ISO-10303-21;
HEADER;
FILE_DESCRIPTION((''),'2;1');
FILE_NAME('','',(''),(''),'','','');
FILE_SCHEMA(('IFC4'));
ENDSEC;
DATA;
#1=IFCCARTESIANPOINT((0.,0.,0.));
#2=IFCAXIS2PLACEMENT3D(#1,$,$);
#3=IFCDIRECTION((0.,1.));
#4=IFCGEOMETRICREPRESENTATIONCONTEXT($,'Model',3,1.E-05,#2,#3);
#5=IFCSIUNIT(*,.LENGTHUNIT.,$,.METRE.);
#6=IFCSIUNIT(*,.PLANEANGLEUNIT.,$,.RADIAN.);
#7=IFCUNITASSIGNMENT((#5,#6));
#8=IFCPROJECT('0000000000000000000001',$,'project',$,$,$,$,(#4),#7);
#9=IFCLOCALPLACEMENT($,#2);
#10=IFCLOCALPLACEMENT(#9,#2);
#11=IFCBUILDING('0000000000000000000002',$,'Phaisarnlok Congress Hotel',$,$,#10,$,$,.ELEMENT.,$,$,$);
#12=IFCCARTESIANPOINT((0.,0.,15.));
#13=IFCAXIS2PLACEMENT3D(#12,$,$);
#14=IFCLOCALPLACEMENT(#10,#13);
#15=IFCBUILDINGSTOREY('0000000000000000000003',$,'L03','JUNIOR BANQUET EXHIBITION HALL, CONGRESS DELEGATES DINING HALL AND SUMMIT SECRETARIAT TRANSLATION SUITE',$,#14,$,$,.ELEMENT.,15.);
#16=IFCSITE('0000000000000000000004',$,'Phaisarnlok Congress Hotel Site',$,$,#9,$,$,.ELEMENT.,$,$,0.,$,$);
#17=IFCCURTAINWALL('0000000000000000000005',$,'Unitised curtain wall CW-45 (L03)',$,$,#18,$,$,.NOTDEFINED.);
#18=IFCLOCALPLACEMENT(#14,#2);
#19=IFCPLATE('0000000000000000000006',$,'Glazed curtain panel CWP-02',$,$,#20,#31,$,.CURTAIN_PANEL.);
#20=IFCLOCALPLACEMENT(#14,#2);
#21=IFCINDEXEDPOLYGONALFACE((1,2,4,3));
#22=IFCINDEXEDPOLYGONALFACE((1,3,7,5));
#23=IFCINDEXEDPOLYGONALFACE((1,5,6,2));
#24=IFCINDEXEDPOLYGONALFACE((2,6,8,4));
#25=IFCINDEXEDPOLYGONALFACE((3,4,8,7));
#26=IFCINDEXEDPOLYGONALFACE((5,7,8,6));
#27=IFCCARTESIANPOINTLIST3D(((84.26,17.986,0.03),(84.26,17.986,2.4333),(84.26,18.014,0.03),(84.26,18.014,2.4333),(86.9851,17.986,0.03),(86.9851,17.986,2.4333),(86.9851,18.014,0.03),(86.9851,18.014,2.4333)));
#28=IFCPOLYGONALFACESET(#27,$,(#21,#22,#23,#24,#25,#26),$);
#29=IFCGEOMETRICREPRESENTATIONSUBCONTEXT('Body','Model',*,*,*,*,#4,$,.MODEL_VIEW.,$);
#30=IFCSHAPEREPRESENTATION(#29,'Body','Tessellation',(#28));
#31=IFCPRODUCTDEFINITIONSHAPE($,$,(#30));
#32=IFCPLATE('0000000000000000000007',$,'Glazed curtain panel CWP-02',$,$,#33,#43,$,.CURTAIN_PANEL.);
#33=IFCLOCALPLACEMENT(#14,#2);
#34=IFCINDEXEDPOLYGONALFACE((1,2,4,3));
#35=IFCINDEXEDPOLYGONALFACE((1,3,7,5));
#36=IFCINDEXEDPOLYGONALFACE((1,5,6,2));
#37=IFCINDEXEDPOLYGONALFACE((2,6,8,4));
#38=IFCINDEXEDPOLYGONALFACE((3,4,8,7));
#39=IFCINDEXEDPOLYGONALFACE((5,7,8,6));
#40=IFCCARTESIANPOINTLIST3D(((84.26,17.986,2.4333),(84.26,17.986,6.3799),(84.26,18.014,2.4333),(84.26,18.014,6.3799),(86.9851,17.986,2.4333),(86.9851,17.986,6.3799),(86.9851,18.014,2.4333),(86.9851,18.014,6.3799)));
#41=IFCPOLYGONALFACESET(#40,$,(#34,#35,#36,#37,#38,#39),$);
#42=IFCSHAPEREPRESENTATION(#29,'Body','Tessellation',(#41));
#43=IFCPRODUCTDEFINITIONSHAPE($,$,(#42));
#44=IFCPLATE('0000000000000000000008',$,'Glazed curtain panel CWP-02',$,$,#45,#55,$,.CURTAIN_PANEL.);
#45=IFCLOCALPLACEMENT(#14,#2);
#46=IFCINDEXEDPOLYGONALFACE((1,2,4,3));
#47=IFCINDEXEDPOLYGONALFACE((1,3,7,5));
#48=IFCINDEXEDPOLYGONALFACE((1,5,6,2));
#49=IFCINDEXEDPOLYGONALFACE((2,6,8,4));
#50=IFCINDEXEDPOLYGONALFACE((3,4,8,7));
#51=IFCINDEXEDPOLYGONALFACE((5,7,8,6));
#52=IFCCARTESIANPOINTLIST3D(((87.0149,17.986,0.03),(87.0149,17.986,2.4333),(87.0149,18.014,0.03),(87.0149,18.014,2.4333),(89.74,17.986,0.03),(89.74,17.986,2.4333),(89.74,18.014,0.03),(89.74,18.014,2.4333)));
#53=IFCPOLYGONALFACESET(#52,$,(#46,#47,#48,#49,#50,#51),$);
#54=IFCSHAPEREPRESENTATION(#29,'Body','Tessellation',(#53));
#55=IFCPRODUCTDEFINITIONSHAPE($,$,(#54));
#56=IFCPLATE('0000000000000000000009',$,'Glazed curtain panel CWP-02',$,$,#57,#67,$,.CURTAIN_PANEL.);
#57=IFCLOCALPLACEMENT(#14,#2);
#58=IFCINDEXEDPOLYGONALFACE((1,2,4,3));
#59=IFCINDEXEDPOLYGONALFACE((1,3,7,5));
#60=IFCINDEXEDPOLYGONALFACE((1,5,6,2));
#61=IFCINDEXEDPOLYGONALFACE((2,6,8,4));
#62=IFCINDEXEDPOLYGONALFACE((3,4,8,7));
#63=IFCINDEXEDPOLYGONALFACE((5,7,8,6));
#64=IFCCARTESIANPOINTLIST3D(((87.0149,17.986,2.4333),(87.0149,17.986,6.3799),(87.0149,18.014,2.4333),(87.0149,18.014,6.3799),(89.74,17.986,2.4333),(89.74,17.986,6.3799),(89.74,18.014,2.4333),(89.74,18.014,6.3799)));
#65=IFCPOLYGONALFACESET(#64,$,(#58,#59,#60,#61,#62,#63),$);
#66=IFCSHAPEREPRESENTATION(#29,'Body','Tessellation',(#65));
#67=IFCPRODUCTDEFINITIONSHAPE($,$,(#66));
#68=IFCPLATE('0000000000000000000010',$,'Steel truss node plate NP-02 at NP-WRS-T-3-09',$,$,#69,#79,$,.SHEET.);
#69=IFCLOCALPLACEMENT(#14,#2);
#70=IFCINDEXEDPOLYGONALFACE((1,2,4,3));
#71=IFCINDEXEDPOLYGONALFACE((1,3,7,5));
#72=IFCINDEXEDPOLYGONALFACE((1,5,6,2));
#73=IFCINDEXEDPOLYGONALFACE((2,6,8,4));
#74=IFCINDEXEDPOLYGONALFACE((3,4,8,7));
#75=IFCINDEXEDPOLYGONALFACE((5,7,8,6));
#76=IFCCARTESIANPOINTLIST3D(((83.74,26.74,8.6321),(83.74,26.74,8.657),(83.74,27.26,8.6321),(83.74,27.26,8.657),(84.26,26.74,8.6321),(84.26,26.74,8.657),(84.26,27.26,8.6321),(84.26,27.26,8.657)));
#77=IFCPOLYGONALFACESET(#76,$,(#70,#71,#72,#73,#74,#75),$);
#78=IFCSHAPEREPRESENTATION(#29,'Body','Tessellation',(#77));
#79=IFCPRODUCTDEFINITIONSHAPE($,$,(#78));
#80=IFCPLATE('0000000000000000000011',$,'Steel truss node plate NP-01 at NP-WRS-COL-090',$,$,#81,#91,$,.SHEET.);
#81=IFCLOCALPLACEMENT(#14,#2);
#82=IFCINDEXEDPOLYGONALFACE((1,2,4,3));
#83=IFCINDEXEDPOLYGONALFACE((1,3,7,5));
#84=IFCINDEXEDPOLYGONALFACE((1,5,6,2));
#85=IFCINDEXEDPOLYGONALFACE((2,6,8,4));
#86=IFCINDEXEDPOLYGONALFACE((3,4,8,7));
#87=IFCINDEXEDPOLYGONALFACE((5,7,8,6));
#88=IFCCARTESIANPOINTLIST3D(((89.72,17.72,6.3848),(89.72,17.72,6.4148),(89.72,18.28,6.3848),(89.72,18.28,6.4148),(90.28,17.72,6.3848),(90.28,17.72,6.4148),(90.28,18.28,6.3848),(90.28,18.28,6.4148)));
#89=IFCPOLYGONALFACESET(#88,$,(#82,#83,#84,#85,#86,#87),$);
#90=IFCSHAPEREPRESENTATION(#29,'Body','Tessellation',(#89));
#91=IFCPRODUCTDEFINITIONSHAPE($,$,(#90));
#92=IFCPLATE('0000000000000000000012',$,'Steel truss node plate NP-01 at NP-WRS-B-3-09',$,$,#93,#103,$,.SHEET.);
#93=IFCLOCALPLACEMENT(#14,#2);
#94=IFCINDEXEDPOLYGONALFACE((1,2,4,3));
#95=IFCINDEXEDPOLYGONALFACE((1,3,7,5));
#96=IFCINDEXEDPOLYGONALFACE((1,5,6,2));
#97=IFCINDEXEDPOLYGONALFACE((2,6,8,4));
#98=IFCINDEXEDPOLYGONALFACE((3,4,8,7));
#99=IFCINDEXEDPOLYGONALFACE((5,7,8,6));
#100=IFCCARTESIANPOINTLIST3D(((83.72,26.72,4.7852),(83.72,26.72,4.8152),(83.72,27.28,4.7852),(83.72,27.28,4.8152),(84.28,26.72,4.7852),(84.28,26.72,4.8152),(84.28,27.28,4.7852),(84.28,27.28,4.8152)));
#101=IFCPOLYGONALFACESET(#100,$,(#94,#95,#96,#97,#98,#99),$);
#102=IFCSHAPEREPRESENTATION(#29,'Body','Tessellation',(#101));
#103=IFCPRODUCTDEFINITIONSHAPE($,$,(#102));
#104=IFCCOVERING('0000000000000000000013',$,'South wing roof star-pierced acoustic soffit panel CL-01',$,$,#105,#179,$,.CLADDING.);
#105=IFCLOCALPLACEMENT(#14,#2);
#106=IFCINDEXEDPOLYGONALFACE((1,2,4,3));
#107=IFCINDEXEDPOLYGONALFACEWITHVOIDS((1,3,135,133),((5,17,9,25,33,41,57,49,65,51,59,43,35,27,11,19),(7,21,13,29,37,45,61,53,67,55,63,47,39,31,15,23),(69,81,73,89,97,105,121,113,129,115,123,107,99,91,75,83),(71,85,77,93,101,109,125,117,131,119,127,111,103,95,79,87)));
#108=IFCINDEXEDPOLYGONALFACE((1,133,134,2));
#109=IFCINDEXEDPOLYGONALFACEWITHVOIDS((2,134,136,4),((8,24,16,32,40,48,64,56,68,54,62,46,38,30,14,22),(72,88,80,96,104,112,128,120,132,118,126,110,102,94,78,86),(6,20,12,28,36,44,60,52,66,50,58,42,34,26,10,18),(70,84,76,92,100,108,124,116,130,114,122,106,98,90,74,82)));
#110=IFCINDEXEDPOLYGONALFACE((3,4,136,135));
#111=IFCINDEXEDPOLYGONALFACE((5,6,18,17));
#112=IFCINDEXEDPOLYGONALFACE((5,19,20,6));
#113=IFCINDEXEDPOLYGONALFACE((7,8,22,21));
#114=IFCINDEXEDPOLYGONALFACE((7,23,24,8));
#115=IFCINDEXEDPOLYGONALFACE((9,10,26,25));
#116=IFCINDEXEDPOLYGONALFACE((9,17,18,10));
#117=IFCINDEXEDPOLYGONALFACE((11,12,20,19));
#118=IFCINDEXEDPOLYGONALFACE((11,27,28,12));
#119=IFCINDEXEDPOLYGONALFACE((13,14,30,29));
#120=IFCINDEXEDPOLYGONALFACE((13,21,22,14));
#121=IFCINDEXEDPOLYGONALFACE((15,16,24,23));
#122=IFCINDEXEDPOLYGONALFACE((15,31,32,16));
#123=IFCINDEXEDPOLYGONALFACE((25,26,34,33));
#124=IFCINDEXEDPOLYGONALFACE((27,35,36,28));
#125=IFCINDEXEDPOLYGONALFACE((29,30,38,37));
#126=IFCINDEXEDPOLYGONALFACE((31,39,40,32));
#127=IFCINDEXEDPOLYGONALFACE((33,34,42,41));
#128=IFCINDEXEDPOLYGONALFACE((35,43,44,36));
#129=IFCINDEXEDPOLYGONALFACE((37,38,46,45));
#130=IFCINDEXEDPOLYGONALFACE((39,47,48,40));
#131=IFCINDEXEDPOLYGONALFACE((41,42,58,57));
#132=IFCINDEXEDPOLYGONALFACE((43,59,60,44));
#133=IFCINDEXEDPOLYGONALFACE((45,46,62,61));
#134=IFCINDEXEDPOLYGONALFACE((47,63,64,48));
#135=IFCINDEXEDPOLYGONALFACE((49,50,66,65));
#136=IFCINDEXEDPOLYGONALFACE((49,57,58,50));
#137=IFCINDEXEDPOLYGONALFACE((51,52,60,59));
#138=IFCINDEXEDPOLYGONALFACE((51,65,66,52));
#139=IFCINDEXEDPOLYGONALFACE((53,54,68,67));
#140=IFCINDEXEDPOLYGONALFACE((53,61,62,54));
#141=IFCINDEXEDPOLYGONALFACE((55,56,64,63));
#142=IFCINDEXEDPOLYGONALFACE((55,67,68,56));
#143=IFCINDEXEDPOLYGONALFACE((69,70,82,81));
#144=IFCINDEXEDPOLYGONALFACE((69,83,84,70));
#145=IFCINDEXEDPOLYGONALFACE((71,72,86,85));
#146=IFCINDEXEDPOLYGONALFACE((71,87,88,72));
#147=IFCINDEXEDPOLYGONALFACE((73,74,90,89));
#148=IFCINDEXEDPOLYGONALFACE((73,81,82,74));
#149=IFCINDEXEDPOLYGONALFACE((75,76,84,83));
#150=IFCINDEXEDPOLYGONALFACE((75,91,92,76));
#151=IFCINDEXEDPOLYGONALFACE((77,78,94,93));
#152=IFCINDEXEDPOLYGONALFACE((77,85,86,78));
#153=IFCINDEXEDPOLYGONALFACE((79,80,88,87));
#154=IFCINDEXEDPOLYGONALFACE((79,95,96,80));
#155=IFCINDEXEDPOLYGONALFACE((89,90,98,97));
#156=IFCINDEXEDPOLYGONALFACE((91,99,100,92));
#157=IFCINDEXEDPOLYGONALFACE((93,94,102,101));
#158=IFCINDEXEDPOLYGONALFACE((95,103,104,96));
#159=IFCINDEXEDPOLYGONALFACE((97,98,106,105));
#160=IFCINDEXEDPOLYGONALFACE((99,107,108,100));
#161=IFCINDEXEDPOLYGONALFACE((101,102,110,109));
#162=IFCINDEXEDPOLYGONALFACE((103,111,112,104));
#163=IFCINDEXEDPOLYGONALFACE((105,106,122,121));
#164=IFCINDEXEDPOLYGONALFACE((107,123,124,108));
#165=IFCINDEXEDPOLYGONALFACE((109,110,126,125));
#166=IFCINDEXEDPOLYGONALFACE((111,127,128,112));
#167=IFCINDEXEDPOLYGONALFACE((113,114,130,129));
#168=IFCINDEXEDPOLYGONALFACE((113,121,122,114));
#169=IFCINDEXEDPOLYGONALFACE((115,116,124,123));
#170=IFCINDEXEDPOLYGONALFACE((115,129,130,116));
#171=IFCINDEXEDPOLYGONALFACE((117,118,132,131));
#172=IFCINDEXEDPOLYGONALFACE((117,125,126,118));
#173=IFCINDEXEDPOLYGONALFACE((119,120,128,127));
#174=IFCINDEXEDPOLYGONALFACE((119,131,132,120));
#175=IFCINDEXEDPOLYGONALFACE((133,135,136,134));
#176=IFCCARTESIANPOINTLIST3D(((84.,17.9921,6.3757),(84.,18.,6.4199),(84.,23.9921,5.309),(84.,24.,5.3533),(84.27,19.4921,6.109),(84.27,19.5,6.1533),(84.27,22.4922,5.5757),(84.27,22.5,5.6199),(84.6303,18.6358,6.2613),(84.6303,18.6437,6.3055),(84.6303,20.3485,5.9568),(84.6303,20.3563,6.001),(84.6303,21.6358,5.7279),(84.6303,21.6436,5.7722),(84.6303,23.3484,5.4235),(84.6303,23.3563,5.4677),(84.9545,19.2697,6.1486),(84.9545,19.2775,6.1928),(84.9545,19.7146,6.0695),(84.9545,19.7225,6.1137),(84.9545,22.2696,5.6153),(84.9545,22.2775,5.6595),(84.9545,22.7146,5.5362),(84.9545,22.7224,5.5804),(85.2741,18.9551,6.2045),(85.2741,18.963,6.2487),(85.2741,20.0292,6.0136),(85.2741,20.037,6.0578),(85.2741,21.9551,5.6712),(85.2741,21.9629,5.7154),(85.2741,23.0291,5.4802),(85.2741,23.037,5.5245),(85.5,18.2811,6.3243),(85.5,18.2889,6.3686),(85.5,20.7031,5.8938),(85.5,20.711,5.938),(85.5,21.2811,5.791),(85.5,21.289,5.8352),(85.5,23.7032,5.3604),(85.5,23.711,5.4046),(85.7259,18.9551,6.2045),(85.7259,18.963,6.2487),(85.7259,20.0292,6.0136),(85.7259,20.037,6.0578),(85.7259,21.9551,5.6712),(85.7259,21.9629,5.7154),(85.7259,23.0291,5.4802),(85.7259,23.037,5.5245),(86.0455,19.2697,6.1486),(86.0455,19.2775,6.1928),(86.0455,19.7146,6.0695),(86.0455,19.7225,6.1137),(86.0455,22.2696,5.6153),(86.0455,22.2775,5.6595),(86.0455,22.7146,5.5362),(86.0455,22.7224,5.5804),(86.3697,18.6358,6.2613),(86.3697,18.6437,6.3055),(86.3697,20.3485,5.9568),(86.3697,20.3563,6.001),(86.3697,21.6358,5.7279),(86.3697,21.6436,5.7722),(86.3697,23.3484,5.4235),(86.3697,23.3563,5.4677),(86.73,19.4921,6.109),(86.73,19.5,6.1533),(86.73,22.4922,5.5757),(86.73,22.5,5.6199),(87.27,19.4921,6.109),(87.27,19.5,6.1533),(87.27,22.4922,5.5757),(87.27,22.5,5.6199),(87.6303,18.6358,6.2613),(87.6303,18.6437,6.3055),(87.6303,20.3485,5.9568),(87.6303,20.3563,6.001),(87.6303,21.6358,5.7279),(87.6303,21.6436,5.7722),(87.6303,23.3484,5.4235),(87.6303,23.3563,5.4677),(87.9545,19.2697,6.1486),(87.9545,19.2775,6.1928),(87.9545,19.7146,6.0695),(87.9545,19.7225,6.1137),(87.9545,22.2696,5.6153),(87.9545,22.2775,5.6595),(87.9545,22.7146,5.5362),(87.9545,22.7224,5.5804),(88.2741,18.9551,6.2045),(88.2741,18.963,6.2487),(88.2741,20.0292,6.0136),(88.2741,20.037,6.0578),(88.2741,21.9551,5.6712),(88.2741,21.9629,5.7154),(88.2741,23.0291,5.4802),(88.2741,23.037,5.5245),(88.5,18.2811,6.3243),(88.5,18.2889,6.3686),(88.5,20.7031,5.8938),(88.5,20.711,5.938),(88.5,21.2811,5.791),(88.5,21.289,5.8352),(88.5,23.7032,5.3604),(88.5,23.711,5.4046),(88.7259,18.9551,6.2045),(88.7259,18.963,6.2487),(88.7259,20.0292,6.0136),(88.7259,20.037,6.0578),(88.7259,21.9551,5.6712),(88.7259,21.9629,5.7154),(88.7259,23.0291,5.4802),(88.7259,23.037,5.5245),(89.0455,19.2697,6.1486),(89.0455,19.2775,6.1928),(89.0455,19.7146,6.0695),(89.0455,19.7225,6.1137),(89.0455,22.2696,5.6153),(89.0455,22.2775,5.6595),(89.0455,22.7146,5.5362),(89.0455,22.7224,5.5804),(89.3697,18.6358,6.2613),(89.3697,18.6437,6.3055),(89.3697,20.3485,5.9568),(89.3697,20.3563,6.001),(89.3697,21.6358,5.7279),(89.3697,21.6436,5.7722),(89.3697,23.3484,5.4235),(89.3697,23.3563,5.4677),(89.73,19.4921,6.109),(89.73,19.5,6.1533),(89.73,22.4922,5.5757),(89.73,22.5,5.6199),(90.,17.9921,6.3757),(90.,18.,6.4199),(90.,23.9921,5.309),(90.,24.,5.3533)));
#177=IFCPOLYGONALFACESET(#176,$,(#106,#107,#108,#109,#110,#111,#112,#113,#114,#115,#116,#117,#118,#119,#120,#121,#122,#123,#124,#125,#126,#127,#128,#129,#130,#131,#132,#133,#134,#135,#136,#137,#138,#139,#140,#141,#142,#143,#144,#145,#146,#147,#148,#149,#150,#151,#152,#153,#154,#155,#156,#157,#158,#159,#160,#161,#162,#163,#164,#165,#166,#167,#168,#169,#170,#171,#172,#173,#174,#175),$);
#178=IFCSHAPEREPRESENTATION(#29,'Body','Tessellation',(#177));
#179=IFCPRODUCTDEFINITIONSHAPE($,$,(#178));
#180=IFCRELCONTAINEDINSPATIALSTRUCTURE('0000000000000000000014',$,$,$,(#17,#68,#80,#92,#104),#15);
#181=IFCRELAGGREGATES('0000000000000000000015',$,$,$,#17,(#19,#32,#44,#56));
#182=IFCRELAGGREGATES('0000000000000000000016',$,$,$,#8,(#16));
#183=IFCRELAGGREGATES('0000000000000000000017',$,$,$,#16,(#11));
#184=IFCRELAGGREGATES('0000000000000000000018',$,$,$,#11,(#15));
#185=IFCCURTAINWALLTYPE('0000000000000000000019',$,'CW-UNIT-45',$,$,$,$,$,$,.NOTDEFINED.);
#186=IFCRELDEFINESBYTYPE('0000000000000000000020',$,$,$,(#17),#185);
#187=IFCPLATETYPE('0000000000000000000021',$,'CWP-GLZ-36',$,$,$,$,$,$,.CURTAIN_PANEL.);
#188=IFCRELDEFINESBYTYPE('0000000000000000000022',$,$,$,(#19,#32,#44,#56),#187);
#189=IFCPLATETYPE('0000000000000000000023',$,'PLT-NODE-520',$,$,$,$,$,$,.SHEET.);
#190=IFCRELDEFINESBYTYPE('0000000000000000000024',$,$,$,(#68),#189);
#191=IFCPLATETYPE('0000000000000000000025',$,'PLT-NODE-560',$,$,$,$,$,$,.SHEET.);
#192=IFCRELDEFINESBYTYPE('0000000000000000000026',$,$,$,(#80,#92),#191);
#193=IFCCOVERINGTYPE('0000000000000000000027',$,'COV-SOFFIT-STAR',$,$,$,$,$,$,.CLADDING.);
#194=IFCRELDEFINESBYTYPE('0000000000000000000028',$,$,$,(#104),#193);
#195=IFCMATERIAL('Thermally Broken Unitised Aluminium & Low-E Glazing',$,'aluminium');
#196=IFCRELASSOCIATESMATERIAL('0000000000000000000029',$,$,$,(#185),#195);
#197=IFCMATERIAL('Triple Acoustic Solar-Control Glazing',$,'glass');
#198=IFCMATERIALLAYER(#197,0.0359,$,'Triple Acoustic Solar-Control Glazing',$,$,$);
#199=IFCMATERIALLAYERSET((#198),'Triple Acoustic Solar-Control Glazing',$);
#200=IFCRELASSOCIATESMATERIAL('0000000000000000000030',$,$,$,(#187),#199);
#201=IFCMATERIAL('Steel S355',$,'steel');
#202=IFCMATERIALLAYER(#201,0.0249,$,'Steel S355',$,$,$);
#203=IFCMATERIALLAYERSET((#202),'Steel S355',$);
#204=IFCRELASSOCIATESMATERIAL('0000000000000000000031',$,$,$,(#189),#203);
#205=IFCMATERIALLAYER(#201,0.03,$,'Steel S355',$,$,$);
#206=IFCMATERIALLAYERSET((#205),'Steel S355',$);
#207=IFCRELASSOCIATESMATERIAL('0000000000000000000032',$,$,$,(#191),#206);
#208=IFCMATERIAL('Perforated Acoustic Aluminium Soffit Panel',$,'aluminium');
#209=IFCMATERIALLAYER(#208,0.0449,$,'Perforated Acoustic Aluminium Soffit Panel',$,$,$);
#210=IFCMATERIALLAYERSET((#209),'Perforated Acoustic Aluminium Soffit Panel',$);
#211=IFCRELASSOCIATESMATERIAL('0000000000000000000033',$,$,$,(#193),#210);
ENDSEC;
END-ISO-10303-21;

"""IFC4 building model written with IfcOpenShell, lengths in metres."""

from ifc_helpers import new_model, si_unit, direction, frame, frame_2d, origin, origin_2d, place, context, subcontext, project, spatial, polyline, rectangle, outline, extrude, material, layer, layer_set, type_object, element, aggregate, save


model = new_model("IFC4")

# Units and contexts
model_context = context("Model", 3, precision=1e-05, world=origin(), true_north=direction((0.0, 1.0)))
body_context = subcontext(model_context, "Body", "Model", "MODEL_VIEW")
ifc_project = project(units=[si_unit("LENGTHUNIT", "METRE"), si_unit("PLANEANGLEUNIT", "RADIAN")], contexts=[model_context])

# Site, building, storey
site_placement = place(None, origin())
site = spatial("IfcSite", under=ifc_project, at=site_placement, Name="Phaisarnlok Congress Hotel Site", CompositionType="ELEMENT", RefElevation=0.0)
building_placement = place(site_placement, origin())
building = spatial("IfcBuilding", under=site, at=building_placement, Name="Phaisarnlok Congress Hotel", CompositionType="ELEMENT")
storey_placement = place(building_placement, frame((0.0, 0.0, 15.0)))
storey = spatial("IfcBuildingStorey", under=building, at=storey_placement, Name="L03", Description="JUNIOR BANQUET EXHIBITION HALL, CONGRESS DELEGATES DINING HALL AND SUMMIT SECRETARIAT TRANSLATION SUITE", CompositionType="ELEMENT", Elevation=15.0)

# Shared definitions
ifc_material_1 = material(Name="Steel S355", Category="steel")

# Curtain wall
ifc_material_2 = material(Name="Thermally Broken Unitised Aluminium & Low-E Glazing", Category="aluminium")
curtain_wall_type = type_object("IfcCurtainWallType", Name="CW-UNIT-45", PredefinedType="NOTDEFINED", material=ifc_material_2)
curtain_wall_placement = place(storey_placement, origin())
curtain_wall = element("IfcCurtainWall", 1, at=curtain_wall_placement, inside=storey, type_object=curtain_wall_type, Name="Unitised curtain wall CW-45 (L03)", PredefinedType="NOTDEFINED")

# Plates
ifc_material_3 = material(Name="Triple Acoustic Solar-Control Glazing", Category="glass")
ifc_layer_1 = layer(ifc_material_3, 0.0359, Name="Triple Acoustic Solar-Control Glazing")
ifc_layer_set_1 = layer_set([ifc_layer_1], Name="Triple Acoustic Solar-Control Glazing")
plate_type_1 = type_object("IfcPlateType", Name="CWP-GLZ-36", PredefinedType="CURTAIN_PANEL", material=ifc_layer_set_1)
plate_1_placement = place(storey_placement, frame((84.26, 18.0, 0.03), z_axis=(0.0, 0.0, 1.0), x_axis=(1.0, 0.0, 0.0)))
plate_1 = element("IfcPlate", 2, at=plate_1_placement, type_object=plate_type_1, Name="Glazed curtain panel CWP-02", PredefinedType="CURTAIN_PANEL", context=body_context, shape_type="SweptSolid", body=[
    extrude(rectangle(XDim=2.7251, YDim=0.0281, at=frame_2d((1.3625, 0.0))), origin(), (0.0, 0.0, 1.0), 2.4033),
])
plate_2_placement = place(storey_placement, frame((84.26, 18.0, 2.4333), z_axis=(0.0, 0.0, 1.0), x_axis=(1.0, 0.0, 0.0)))
plate_2 = element("IfcPlate", 3, at=plate_2_placement, type_object=plate_type_1, Name="Glazed curtain panel CWP-02", PredefinedType="CURTAIN_PANEL", context=body_context, shape_type="SweptSolid", body=[
    extrude(rectangle(XDim=2.7251, YDim=0.0281, at=frame_2d((1.3625, 0.0))), origin(), (0.0, 0.0, 1.0), 3.9465),
])
plate_3_placement = place(storey_placement, frame((87.0149, 18.0, 0.03), z_axis=(0.0, 0.0, 1.0), x_axis=(1.0, 0.0, 0.0)))
plate_3 = element("IfcPlate", 4, at=plate_3_placement, type_object=plate_type_1, Name="Glazed curtain panel CWP-02", PredefinedType="CURTAIN_PANEL", context=body_context, shape_type="SweptSolid", body=[
    extrude(rectangle(XDim=2.7251, YDim=0.0281, at=frame_2d((1.3625, 0.0))), origin(), (0.0, 0.0, 1.0), 2.4033),
])
plate_4_placement = place(storey_placement, frame((87.0149, 18.0, 2.4333), z_axis=(0.0, 0.0, 1.0), x_axis=(1.0, 0.0, 0.0)))
plate_4 = element("IfcPlate", 5, at=plate_4_placement, type_object=plate_type_1, Name="Glazed curtain panel CWP-02", PredefinedType="CURTAIN_PANEL", context=body_context, shape_type="SweptSolid", body=[
    extrude(rectangle(XDim=2.7251, YDim=0.0281, at=frame_2d((1.3625, 0.0))), origin(), (0.0, 0.0, 1.0), 3.9465),
])
aggregate(curtain_wall, [plate_1, plate_2, plate_3, plate_4])

# Plates
ifc_layer_2 = layer(ifc_material_1, 0.0249, Name="Steel S355")
ifc_layer_set_2 = layer_set([ifc_layer_2], Name="Steel S355")
plate_type_2 = type_object("IfcPlateType", Name="PLT-NODE-520", PredefinedType="SHEET", material=ifc_layer_set_2)
plate_5_placement = place(storey_placement, frame((84.0, 27.0, 8.6321), z_axis=(0.0, 0.0, 1.0), x_axis=(1.0, 0.0, 0.0)))
element("IfcPlate", 6, at=plate_5_placement, inside=storey, type_object=plate_type_2, Name="Steel truss node plate NP-02 at NP-WRS-T-3-09", PredefinedType="SHEET", context=body_context, shape_type="SweptSolid", body=[
    extrude(rectangle(XDim=0.52, YDim=0.52, at=origin_2d()), origin(), (0.0, 0.0, 1.0), 0.0249),
])
ifc_layer_3 = layer(ifc_material_1, 0.03, Name="Steel S355")
ifc_layer_set_3 = layer_set([ifc_layer_3], Name="Steel S355")
plate_type_3 = type_object("IfcPlateType", Name="PLT-NODE-560", PredefinedType="SHEET", material=ifc_layer_set_3)
for number, where, z_axis, x_axis, name in (
    (7, (90.0, 18.0, 6.3848), (0.0, 0.0, 1.0), (1.0, 0.0, 0.0), "Steel truss node plate NP-01 at NP-WRS-COL-090"),
    (8, (84.0, 27.0, 4.7852), (0.0, 0.0, 1.0), (1.0, 0.0, 0.0), "Steel truss node plate NP-01 at NP-WRS-B-3-09"),
):
    element("IfcPlate", number, at=place(storey_placement, frame(where, z_axis=z_axis, x_axis=x_axis)), inside=storey, type_object=plate_type_3, Name=name, PredefinedType="SHEET", context=body_context, shape_type="SweptSolid", body=[
        extrude(rectangle(XDim=0.5601, YDim=0.5601, at=origin_2d()), origin(), (0.0, 0.0, 1.0), 0.03),
    ])

# Covering
ifc_material_4 = material(Name="Perforated Acoustic Aluminium Soffit Panel", Category="aluminium")
ifc_layer_4 = layer(ifc_material_4, 0.0449, Name="Perforated Acoustic Aluminium Soffit Panel")
ifc_layer_set_4 = layer_set([ifc_layer_4], Name="Perforated Acoustic Aluminium Soffit Panel")
covering_type = type_object("IfcCoveringType", Name="COV-SOFFIT-STAR", PredefinedType="CLADDING", material=ifc_layer_set_4)
covering_placement = place(storey_placement, frame((84.0, 24.0, 5.3533), z_axis=(0.0, -0.175031, -0.984563), x_axis=(1.0, 0.0, 0.0)))
element("IfcCovering", 9, at=covering_placement, inside=storey, type_object=covering_type, Name="South wing roof star-pierced acoustic soffit panel CL-01", PredefinedType="CLADDING", context=body_context, shape_type="SweptSolid", body=[
    extrude(outline(polyline([(0.0, 0.0), (6.0, 0.0), (6.0, 6.0941), (0.0, 6.0941), (0.0, 0.0)]), holes=[polyline([(2.0455, 1.2976), (2.3697, 0.6538), (1.7259, 0.9781), (1.5, 0.2935), (1.2741, 0.9781), (0.6303, 0.6538), (0.9545, 1.2976), (0.27, 1.5235), (0.9545, 1.7495), (0.6303, 2.3933), (1.2741, 2.069), (1.5, 2.7535), (1.7259, 2.069), (2.3697, 2.3933), (2.0455, 1.7495), (2.73, 1.5235), (2.0455, 1.2976)]), polyline([(2.0455, 4.3446), (2.3697, 3.7008), (1.7259, 4.0251), (1.5, 3.3406), (1.2741, 4.0251), (0.6303, 3.7008), (0.9545, 4.3446), (0.27, 4.5706), (0.9545, 4.7965), (0.6303, 5.4403), (1.2741, 5.116), (1.5, 5.8006), (1.7259, 5.116), (2.3697, 5.4403), (2.0455, 4.7965), (2.73, 4.5706), (2.0455, 4.3446)]), polyline([(5.0455, 1.2976), (5.3697, 0.6538), (4.7259, 0.9781), (4.5, 0.2935), (4.2741, 0.9781), (3.6303, 0.6538), (3.9545, 1.2976), (3.27, 1.5235), (3.9545, 1.7495), (3.6303, 2.3933), (4.2741, 2.069), (4.5, 2.7535), (4.7259, 2.069), (5.3697, 2.3933), (5.0455, 1.7495), (5.73, 1.5235), (5.0455, 1.2976)]), polyline([(5.0455, 4.3446), (5.3697, 3.7008), (4.7259, 4.0251), (4.5, 3.3406), (4.2741, 4.0251), (3.6303, 3.7008), (3.9545, 4.3446), (3.27, 4.5706), (3.9545, 4.7965), (3.6303, 5.4403), (4.2741, 5.116), (4.5, 5.8006), (4.7259, 5.116), (5.3697, 5.4403), (5.0455, 4.7965), (5.73, 4.5706), (5.0455, 4.3446)])]), origin(), (0.0, 0.0, 1.0), 0.0449),
])

save(model, "model.ifc")
